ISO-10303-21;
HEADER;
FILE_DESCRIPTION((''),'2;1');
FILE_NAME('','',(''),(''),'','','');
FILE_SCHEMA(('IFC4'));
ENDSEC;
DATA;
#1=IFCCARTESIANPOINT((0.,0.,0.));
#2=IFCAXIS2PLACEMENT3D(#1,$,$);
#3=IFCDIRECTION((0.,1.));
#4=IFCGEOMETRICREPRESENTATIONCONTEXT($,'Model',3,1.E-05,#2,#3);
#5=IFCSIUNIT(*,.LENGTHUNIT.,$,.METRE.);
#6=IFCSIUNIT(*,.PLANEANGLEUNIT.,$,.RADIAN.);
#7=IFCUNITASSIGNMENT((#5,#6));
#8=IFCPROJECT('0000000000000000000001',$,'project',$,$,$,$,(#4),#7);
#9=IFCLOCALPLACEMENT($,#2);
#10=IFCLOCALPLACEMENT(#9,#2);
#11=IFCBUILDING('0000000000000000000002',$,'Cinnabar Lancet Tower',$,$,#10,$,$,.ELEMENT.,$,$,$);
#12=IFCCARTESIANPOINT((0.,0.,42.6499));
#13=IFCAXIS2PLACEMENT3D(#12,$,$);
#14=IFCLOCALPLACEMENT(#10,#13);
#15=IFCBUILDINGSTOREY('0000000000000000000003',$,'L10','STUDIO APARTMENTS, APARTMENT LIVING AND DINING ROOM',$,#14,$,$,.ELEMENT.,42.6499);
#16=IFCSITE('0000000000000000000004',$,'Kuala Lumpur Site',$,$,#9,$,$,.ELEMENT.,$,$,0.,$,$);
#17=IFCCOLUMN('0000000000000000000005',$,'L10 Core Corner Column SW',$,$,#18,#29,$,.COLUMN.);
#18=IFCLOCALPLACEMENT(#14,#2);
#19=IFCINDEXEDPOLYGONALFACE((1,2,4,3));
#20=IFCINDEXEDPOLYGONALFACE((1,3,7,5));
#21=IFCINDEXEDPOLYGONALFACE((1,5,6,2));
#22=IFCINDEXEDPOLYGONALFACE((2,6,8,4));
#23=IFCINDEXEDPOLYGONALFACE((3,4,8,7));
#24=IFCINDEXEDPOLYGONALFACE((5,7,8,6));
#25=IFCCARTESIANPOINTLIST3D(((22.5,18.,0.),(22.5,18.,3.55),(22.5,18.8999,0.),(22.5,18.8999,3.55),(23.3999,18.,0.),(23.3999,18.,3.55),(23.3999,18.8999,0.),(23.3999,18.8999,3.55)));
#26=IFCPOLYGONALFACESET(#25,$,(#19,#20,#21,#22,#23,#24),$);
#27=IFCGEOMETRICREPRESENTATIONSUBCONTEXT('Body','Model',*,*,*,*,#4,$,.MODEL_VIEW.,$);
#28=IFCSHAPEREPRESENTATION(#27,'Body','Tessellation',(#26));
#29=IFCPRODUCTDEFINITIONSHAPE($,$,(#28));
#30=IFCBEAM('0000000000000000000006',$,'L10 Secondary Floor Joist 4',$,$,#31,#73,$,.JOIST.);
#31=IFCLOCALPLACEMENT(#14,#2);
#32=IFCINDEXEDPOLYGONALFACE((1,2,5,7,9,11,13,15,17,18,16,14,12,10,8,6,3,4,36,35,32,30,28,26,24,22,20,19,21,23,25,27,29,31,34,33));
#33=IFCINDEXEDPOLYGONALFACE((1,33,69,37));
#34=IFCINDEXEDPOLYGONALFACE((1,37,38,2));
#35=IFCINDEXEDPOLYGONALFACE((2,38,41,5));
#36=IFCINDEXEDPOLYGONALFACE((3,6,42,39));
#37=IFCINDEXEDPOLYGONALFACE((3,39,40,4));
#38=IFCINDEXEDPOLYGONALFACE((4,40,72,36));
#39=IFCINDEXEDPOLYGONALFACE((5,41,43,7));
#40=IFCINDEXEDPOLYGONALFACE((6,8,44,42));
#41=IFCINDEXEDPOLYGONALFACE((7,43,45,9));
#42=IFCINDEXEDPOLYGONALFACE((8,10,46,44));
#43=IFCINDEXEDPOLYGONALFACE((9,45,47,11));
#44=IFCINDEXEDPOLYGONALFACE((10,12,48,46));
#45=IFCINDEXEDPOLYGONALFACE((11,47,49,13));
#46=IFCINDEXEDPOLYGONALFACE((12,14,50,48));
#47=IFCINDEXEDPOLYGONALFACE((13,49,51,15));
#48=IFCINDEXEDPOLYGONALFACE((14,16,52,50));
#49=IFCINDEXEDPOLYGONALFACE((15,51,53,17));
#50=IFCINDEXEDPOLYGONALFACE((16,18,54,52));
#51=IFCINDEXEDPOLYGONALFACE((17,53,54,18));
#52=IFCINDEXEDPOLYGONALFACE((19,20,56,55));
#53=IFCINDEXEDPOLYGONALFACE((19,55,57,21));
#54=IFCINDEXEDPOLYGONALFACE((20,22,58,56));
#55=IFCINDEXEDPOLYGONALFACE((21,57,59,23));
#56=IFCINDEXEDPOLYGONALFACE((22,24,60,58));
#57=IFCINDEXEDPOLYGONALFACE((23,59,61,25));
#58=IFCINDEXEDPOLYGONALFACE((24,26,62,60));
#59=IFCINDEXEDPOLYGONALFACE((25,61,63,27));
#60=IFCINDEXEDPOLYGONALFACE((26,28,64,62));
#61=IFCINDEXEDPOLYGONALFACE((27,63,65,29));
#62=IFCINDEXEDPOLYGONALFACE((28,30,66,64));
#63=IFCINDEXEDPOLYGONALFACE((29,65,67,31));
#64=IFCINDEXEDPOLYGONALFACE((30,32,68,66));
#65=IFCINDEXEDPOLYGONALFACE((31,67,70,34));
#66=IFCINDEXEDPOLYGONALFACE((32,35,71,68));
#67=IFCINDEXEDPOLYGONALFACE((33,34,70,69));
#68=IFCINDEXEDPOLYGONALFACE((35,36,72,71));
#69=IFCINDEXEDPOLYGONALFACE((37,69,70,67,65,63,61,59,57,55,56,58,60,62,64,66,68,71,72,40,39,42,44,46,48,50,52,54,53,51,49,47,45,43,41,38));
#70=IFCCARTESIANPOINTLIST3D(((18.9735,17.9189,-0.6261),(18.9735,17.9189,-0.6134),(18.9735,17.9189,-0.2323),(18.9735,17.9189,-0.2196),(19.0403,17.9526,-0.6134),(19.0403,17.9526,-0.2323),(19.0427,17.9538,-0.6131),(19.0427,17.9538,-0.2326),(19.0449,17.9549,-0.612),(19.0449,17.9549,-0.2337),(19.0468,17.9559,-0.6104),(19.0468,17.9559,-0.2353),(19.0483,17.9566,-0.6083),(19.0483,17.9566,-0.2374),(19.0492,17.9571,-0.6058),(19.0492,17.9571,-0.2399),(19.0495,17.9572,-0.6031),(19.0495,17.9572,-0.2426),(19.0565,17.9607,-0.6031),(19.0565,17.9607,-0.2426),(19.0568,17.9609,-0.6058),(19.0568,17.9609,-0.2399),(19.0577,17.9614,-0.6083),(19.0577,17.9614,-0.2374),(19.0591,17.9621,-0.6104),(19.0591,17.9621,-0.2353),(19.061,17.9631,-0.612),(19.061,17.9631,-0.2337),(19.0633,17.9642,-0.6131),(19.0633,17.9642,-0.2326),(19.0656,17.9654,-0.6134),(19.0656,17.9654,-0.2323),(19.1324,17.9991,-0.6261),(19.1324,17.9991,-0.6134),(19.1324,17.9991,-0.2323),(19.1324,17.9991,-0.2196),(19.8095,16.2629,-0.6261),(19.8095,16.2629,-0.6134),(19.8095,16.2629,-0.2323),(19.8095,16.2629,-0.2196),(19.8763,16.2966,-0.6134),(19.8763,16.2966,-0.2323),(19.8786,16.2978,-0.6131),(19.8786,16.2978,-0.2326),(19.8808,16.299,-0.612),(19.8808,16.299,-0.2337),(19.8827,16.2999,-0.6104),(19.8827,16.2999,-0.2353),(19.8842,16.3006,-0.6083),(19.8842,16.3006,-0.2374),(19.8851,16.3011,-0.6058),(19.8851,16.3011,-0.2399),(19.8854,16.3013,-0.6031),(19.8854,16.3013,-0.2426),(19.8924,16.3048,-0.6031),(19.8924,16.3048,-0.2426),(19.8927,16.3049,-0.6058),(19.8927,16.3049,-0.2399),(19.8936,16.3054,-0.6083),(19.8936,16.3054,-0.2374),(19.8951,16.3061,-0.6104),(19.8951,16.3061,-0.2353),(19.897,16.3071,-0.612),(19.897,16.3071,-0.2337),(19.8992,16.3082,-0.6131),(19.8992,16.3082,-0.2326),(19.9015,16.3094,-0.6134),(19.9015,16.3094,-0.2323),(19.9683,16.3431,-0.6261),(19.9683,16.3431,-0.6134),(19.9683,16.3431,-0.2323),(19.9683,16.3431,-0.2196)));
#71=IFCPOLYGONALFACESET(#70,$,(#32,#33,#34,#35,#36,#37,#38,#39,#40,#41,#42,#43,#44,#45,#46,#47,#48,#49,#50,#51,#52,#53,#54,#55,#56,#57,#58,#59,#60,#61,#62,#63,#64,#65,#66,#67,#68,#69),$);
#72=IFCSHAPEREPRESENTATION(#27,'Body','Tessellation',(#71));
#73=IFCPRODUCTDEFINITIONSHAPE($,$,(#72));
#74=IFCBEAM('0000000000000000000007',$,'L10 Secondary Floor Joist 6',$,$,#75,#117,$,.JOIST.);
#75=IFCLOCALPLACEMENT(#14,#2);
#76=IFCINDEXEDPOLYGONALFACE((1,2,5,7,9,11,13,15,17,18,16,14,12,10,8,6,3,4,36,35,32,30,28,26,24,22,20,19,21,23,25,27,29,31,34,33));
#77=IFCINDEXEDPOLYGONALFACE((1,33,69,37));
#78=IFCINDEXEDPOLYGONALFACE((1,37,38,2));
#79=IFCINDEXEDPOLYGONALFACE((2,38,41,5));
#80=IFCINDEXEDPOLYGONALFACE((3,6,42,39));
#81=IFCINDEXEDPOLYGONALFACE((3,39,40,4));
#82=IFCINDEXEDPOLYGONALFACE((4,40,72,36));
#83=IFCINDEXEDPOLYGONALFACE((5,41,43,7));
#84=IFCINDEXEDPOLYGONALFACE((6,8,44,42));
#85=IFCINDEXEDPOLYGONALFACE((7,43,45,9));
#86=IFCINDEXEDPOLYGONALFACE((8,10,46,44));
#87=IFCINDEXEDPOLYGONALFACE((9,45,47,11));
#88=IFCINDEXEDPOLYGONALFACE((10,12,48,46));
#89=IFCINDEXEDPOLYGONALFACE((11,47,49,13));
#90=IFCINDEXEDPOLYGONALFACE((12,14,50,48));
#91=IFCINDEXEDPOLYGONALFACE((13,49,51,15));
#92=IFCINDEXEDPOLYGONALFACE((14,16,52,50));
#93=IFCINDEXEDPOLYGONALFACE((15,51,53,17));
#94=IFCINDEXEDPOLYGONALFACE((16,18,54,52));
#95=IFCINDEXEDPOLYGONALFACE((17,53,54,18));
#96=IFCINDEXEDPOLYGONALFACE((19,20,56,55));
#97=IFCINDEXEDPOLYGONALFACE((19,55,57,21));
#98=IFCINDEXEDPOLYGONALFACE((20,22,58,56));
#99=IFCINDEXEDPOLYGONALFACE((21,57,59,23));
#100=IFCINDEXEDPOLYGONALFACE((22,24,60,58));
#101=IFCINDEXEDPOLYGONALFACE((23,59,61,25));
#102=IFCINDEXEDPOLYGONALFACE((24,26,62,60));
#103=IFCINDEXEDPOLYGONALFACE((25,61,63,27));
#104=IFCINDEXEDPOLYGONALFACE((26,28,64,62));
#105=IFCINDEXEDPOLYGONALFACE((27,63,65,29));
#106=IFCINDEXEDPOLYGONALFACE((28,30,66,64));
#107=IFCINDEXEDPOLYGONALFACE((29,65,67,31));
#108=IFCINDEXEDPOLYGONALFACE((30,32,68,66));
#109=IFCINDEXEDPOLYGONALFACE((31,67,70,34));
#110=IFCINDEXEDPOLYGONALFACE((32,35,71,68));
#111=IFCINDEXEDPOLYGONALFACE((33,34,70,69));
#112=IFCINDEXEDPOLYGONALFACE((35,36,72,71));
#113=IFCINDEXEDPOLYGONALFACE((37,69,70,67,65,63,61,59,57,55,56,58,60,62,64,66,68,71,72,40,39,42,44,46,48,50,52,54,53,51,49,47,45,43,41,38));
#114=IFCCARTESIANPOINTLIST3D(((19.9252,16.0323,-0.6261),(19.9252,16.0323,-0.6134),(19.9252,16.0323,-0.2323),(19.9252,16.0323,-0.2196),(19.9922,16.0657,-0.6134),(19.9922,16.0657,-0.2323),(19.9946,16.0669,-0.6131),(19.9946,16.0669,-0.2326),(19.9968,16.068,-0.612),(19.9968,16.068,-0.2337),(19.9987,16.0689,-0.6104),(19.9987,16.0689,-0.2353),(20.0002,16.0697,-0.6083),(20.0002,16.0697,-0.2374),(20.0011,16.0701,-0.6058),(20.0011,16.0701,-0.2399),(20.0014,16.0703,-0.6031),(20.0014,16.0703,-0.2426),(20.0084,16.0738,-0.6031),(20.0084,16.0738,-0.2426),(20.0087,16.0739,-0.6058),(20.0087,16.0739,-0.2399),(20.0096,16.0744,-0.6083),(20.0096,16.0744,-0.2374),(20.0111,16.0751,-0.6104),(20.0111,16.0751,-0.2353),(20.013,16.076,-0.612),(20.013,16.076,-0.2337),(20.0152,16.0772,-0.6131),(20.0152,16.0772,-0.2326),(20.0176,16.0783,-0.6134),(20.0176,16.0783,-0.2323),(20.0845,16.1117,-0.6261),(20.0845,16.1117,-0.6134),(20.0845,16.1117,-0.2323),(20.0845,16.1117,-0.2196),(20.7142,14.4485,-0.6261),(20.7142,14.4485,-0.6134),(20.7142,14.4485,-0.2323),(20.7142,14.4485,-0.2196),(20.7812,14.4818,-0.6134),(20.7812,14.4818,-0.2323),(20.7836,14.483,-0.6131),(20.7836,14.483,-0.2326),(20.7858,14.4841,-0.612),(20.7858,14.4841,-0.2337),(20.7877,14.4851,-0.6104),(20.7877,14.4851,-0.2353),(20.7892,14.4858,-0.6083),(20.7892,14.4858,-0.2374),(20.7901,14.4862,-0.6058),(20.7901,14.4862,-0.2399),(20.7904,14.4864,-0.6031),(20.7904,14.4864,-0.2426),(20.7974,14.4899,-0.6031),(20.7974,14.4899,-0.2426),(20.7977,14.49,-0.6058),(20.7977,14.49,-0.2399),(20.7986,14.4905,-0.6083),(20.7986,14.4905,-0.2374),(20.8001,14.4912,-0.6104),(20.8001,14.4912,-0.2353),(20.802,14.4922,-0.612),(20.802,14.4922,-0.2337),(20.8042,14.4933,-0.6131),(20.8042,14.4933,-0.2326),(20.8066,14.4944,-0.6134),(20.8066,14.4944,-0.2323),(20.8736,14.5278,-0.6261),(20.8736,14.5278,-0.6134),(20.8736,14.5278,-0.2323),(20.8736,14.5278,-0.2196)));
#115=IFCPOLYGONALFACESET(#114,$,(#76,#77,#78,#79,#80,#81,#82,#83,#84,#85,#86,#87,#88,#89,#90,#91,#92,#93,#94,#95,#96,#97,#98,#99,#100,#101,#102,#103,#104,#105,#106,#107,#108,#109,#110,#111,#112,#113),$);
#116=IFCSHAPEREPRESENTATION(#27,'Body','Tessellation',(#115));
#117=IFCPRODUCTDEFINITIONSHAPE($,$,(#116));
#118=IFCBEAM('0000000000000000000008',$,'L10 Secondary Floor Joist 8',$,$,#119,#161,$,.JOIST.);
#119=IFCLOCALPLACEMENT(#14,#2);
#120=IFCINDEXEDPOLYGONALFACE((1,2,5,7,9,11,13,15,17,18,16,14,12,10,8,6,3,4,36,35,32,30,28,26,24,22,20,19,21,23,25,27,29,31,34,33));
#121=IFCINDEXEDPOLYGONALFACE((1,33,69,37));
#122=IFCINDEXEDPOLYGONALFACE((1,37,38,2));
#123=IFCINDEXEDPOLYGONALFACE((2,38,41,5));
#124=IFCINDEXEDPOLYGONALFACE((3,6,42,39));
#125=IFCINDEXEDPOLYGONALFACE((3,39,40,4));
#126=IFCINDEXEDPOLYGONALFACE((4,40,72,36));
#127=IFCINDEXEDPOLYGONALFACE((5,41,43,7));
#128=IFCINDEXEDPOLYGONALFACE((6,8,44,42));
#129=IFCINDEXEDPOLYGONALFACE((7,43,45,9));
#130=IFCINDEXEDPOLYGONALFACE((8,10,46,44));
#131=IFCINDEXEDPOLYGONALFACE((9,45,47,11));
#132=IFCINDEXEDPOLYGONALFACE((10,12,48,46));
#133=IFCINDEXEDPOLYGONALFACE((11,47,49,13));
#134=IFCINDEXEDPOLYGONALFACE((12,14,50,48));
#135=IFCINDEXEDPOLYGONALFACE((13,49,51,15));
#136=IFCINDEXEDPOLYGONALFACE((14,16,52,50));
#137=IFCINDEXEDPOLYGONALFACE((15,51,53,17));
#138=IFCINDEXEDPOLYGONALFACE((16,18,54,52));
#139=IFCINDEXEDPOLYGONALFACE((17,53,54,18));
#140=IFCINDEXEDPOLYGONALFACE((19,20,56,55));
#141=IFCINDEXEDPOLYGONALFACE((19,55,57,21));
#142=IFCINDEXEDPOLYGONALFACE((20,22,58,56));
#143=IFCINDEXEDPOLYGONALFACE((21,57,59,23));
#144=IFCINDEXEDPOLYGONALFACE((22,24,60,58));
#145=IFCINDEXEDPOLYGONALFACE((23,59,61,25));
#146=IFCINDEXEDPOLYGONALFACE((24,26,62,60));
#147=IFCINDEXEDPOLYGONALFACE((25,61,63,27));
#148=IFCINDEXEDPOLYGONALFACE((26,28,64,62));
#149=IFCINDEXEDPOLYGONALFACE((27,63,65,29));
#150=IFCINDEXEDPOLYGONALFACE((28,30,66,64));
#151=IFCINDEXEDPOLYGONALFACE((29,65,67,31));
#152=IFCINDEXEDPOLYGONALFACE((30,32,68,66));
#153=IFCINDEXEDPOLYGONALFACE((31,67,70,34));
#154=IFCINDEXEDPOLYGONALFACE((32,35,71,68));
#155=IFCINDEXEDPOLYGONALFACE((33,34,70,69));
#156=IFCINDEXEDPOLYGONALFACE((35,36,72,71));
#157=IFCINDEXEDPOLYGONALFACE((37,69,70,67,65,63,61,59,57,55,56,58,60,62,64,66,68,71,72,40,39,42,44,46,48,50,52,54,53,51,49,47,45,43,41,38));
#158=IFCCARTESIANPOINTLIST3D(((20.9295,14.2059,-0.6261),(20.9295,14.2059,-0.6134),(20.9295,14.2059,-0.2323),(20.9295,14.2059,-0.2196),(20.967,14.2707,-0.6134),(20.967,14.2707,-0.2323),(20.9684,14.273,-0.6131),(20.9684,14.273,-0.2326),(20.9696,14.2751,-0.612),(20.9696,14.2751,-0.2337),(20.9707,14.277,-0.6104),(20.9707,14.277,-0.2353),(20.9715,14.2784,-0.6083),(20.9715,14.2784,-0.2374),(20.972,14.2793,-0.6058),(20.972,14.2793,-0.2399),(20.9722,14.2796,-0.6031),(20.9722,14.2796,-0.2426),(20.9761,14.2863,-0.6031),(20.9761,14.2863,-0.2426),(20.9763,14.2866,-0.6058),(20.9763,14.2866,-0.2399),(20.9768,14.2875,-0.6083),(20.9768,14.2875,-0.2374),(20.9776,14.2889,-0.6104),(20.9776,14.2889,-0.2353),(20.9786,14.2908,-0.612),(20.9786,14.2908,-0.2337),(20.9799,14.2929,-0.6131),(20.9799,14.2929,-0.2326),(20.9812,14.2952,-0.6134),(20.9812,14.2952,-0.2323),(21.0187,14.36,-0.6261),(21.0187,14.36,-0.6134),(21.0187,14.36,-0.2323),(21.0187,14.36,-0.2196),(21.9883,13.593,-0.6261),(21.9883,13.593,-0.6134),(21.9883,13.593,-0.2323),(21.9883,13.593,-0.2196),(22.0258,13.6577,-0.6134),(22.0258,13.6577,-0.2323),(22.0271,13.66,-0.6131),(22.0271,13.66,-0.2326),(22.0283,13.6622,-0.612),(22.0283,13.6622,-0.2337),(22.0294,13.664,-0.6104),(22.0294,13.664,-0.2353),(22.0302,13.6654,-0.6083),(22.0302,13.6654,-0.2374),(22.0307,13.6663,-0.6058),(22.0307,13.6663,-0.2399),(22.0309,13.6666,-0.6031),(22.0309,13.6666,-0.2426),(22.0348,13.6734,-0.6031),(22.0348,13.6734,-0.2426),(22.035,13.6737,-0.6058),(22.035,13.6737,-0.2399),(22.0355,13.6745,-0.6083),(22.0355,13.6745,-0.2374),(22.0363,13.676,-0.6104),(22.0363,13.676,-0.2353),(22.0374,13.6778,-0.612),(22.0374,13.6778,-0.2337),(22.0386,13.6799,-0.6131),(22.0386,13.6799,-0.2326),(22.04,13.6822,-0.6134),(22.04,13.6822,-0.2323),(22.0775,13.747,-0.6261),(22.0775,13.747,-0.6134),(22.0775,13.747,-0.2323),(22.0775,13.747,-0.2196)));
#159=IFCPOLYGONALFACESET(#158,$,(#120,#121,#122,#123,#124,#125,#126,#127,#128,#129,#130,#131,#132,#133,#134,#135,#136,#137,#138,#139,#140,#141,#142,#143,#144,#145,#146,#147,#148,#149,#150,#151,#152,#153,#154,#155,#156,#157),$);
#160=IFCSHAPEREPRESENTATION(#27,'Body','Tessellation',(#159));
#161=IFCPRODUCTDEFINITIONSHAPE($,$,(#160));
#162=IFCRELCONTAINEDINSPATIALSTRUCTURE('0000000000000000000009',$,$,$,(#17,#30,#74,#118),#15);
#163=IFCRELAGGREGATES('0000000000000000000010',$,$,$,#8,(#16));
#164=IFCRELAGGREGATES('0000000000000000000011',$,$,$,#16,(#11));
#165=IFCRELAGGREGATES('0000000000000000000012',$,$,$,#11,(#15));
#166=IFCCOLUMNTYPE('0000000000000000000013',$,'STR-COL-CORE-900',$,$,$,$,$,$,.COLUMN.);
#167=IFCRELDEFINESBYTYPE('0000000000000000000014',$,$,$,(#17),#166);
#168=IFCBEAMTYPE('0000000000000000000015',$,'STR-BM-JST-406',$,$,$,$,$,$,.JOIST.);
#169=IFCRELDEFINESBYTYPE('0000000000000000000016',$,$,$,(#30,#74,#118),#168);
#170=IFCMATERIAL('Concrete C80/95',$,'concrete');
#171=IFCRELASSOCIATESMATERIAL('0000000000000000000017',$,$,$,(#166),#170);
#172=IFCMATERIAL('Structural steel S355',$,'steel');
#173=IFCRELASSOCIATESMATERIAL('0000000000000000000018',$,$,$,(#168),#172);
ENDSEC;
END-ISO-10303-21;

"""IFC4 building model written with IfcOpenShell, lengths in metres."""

from ifc_helpers import new_model, si_unit, direction, frame, origin, origin_2d, place, context, subcontext, project, spatial, rectangle, i_section, extrude, material, material_profile, profile_set, type_object, element, save


model = new_model("IFC4")

# Units and contexts
model_context = context("Model", 3, precision=1e-05, world=origin(), true_north=direction((0.0, 1.0)))
body_context = subcontext(model_context, "Body", "Model", "MODEL_VIEW")
ifc_project = project(units=[si_unit("LENGTHUNIT", "METRE"), si_unit("PLANEANGLEUNIT", "RADIAN")], contexts=[model_context])

# Site, building, storey
site_placement = place(None, origin())
site = spatial("IfcSite", under=ifc_project, at=site_placement, Name="Kuala Lumpur Site", CompositionType="ELEMENT", RefElevation=0.0)
building_placement = place(site_placement, origin())
building = spatial("IfcBuilding", under=site, at=building_placement, Name="Cinnabar Lancet Tower", CompositionType="ELEMENT")
storey_placement = place(building_placement, frame((0.0, 0.0, 42.6499)))
storey = spatial("IfcBuildingStorey", under=building, at=storey_placement, Name="L10", Description="STUDIO APARTMENTS, APARTMENT LIVING AND DINING ROOM", CompositionType="ELEMENT", Elevation=42.6499)

# Column
ifc_material_1 = material(Name="Concrete C80/95", Category="concrete")
ifc_material_profile_1 = material_profile(ifc_material_1, rectangle(XDim=0.8999, YDim=0.8999, at=origin_2d()), Name="RC-COL 900x900")
ifc_profile_set_1 = profile_set([ifc_material_profile_1], Name="Concrete C80/95")
column_type = type_object("IfcColumnType", Name="STR-COL-CORE-900", PredefinedType="COLUMN", material=ifc_profile_set_1)
column_placement = place(storey_placement, frame((22.95, 18.45, 0.0), z_axis=(0.0, 0.0, 1.0), x_axis=(1.0, 0.0, 0.0)))
element("IfcColumn", 1, at=column_placement, inside=storey, type_object=column_type, Name="L10 Core Corner Column SW", PredefinedType="COLUMN", context=body_context, shape_type="SweptSolid", body=[
    extrude(rectangle(XDim=0.8999, YDim=0.8999, at=origin_2d()), origin(), (0.0, 0.0, 1.0), 3.55),
])

# Beams
ifc_material_2 = material(Name="Structural steel S355", Category="steel")
ifc_material_profile_2 = material_profile(ifc_material_2, i_section(OverallWidth=0.178, OverallDepth=0.4065, WebThickness=0.0078, FlangeThickness=0.0127, FilletRadius=0.0103, at=origin_2d()), Name="UKB 406x178x60")
ifc_profile_set_2 = profile_set([ifc_material_profile_2], Name="Structural steel S355")
beam_type = type_object("IfcBeamType", Name="STR-BM-JST-406", PredefinedType="JOIST", material=ifc_profile_set_2)
beam_1_placement = place(storey_placement, frame((19.053, 17.959, -0.4229), z_axis=(0.450632, -0.89271, 0.0), x_axis=(0.89271, 0.450632, 0.0)))
element("IfcBeam", 2, at=beam_1_placement, inside=storey, type_object=beam_type, Name="L10 Secondary Floor Joist 4", PredefinedType="JOIST", context=body_context, shape_type="SweptSolid", body=[
    extrude(i_section(OverallWidth=0.178, OverallDepth=0.4065, WebThickness=0.0078, FlangeThickness=0.0127, FilletRadius=0.0103, at=origin_2d()), origin(), (0.0, 0.0, 1.0), 1.855),
])
beam_2_placement = place(storey_placement, frame((20.0049, 16.072, -0.4229), z_axis=(0.445889, -0.895088, 0.0), x_axis=(0.895088, 0.445889, 0.0)))
element("IfcBeam", 3, at=beam_2_placement, inside=storey, type_object=beam_type, Name="L10 Secondary Floor Joist 6", PredefinedType="JOIST", context=body_context, shape_type="SweptSolid", body=[
    extrude(i_section(OverallWidth=0.178, OverallDepth=0.4065, WebThickness=0.0078, FlangeThickness=0.0127, FilletRadius=0.0103, at=origin_2d()), origin(), (0.0, 0.0, 1.0), 1.7695),
])
beam_3_placement = place(storey_placement, frame((20.9741, 14.283, -0.4229), z_axis=(0.865417, -0.501052, 0.0), x_axis=(0.501052, 0.865417, 0.0)))
element("IfcBeam", 4, at=beam_3_placement, inside=storey, type_object=beam_type, Name="L10 Secondary Floor Joist 8", PredefinedType="JOIST", context=body_context, shape_type="SweptSolid", body=[
    extrude(i_section(OverallWidth=0.178, OverallDepth=0.4065, WebThickness=0.0078, FlangeThickness=0.0127, FilletRadius=0.0103, at=origin_2d()), origin(), (0.0, 0.0, 1.0), 1.2234),
])

save(model, "model.ifc")
